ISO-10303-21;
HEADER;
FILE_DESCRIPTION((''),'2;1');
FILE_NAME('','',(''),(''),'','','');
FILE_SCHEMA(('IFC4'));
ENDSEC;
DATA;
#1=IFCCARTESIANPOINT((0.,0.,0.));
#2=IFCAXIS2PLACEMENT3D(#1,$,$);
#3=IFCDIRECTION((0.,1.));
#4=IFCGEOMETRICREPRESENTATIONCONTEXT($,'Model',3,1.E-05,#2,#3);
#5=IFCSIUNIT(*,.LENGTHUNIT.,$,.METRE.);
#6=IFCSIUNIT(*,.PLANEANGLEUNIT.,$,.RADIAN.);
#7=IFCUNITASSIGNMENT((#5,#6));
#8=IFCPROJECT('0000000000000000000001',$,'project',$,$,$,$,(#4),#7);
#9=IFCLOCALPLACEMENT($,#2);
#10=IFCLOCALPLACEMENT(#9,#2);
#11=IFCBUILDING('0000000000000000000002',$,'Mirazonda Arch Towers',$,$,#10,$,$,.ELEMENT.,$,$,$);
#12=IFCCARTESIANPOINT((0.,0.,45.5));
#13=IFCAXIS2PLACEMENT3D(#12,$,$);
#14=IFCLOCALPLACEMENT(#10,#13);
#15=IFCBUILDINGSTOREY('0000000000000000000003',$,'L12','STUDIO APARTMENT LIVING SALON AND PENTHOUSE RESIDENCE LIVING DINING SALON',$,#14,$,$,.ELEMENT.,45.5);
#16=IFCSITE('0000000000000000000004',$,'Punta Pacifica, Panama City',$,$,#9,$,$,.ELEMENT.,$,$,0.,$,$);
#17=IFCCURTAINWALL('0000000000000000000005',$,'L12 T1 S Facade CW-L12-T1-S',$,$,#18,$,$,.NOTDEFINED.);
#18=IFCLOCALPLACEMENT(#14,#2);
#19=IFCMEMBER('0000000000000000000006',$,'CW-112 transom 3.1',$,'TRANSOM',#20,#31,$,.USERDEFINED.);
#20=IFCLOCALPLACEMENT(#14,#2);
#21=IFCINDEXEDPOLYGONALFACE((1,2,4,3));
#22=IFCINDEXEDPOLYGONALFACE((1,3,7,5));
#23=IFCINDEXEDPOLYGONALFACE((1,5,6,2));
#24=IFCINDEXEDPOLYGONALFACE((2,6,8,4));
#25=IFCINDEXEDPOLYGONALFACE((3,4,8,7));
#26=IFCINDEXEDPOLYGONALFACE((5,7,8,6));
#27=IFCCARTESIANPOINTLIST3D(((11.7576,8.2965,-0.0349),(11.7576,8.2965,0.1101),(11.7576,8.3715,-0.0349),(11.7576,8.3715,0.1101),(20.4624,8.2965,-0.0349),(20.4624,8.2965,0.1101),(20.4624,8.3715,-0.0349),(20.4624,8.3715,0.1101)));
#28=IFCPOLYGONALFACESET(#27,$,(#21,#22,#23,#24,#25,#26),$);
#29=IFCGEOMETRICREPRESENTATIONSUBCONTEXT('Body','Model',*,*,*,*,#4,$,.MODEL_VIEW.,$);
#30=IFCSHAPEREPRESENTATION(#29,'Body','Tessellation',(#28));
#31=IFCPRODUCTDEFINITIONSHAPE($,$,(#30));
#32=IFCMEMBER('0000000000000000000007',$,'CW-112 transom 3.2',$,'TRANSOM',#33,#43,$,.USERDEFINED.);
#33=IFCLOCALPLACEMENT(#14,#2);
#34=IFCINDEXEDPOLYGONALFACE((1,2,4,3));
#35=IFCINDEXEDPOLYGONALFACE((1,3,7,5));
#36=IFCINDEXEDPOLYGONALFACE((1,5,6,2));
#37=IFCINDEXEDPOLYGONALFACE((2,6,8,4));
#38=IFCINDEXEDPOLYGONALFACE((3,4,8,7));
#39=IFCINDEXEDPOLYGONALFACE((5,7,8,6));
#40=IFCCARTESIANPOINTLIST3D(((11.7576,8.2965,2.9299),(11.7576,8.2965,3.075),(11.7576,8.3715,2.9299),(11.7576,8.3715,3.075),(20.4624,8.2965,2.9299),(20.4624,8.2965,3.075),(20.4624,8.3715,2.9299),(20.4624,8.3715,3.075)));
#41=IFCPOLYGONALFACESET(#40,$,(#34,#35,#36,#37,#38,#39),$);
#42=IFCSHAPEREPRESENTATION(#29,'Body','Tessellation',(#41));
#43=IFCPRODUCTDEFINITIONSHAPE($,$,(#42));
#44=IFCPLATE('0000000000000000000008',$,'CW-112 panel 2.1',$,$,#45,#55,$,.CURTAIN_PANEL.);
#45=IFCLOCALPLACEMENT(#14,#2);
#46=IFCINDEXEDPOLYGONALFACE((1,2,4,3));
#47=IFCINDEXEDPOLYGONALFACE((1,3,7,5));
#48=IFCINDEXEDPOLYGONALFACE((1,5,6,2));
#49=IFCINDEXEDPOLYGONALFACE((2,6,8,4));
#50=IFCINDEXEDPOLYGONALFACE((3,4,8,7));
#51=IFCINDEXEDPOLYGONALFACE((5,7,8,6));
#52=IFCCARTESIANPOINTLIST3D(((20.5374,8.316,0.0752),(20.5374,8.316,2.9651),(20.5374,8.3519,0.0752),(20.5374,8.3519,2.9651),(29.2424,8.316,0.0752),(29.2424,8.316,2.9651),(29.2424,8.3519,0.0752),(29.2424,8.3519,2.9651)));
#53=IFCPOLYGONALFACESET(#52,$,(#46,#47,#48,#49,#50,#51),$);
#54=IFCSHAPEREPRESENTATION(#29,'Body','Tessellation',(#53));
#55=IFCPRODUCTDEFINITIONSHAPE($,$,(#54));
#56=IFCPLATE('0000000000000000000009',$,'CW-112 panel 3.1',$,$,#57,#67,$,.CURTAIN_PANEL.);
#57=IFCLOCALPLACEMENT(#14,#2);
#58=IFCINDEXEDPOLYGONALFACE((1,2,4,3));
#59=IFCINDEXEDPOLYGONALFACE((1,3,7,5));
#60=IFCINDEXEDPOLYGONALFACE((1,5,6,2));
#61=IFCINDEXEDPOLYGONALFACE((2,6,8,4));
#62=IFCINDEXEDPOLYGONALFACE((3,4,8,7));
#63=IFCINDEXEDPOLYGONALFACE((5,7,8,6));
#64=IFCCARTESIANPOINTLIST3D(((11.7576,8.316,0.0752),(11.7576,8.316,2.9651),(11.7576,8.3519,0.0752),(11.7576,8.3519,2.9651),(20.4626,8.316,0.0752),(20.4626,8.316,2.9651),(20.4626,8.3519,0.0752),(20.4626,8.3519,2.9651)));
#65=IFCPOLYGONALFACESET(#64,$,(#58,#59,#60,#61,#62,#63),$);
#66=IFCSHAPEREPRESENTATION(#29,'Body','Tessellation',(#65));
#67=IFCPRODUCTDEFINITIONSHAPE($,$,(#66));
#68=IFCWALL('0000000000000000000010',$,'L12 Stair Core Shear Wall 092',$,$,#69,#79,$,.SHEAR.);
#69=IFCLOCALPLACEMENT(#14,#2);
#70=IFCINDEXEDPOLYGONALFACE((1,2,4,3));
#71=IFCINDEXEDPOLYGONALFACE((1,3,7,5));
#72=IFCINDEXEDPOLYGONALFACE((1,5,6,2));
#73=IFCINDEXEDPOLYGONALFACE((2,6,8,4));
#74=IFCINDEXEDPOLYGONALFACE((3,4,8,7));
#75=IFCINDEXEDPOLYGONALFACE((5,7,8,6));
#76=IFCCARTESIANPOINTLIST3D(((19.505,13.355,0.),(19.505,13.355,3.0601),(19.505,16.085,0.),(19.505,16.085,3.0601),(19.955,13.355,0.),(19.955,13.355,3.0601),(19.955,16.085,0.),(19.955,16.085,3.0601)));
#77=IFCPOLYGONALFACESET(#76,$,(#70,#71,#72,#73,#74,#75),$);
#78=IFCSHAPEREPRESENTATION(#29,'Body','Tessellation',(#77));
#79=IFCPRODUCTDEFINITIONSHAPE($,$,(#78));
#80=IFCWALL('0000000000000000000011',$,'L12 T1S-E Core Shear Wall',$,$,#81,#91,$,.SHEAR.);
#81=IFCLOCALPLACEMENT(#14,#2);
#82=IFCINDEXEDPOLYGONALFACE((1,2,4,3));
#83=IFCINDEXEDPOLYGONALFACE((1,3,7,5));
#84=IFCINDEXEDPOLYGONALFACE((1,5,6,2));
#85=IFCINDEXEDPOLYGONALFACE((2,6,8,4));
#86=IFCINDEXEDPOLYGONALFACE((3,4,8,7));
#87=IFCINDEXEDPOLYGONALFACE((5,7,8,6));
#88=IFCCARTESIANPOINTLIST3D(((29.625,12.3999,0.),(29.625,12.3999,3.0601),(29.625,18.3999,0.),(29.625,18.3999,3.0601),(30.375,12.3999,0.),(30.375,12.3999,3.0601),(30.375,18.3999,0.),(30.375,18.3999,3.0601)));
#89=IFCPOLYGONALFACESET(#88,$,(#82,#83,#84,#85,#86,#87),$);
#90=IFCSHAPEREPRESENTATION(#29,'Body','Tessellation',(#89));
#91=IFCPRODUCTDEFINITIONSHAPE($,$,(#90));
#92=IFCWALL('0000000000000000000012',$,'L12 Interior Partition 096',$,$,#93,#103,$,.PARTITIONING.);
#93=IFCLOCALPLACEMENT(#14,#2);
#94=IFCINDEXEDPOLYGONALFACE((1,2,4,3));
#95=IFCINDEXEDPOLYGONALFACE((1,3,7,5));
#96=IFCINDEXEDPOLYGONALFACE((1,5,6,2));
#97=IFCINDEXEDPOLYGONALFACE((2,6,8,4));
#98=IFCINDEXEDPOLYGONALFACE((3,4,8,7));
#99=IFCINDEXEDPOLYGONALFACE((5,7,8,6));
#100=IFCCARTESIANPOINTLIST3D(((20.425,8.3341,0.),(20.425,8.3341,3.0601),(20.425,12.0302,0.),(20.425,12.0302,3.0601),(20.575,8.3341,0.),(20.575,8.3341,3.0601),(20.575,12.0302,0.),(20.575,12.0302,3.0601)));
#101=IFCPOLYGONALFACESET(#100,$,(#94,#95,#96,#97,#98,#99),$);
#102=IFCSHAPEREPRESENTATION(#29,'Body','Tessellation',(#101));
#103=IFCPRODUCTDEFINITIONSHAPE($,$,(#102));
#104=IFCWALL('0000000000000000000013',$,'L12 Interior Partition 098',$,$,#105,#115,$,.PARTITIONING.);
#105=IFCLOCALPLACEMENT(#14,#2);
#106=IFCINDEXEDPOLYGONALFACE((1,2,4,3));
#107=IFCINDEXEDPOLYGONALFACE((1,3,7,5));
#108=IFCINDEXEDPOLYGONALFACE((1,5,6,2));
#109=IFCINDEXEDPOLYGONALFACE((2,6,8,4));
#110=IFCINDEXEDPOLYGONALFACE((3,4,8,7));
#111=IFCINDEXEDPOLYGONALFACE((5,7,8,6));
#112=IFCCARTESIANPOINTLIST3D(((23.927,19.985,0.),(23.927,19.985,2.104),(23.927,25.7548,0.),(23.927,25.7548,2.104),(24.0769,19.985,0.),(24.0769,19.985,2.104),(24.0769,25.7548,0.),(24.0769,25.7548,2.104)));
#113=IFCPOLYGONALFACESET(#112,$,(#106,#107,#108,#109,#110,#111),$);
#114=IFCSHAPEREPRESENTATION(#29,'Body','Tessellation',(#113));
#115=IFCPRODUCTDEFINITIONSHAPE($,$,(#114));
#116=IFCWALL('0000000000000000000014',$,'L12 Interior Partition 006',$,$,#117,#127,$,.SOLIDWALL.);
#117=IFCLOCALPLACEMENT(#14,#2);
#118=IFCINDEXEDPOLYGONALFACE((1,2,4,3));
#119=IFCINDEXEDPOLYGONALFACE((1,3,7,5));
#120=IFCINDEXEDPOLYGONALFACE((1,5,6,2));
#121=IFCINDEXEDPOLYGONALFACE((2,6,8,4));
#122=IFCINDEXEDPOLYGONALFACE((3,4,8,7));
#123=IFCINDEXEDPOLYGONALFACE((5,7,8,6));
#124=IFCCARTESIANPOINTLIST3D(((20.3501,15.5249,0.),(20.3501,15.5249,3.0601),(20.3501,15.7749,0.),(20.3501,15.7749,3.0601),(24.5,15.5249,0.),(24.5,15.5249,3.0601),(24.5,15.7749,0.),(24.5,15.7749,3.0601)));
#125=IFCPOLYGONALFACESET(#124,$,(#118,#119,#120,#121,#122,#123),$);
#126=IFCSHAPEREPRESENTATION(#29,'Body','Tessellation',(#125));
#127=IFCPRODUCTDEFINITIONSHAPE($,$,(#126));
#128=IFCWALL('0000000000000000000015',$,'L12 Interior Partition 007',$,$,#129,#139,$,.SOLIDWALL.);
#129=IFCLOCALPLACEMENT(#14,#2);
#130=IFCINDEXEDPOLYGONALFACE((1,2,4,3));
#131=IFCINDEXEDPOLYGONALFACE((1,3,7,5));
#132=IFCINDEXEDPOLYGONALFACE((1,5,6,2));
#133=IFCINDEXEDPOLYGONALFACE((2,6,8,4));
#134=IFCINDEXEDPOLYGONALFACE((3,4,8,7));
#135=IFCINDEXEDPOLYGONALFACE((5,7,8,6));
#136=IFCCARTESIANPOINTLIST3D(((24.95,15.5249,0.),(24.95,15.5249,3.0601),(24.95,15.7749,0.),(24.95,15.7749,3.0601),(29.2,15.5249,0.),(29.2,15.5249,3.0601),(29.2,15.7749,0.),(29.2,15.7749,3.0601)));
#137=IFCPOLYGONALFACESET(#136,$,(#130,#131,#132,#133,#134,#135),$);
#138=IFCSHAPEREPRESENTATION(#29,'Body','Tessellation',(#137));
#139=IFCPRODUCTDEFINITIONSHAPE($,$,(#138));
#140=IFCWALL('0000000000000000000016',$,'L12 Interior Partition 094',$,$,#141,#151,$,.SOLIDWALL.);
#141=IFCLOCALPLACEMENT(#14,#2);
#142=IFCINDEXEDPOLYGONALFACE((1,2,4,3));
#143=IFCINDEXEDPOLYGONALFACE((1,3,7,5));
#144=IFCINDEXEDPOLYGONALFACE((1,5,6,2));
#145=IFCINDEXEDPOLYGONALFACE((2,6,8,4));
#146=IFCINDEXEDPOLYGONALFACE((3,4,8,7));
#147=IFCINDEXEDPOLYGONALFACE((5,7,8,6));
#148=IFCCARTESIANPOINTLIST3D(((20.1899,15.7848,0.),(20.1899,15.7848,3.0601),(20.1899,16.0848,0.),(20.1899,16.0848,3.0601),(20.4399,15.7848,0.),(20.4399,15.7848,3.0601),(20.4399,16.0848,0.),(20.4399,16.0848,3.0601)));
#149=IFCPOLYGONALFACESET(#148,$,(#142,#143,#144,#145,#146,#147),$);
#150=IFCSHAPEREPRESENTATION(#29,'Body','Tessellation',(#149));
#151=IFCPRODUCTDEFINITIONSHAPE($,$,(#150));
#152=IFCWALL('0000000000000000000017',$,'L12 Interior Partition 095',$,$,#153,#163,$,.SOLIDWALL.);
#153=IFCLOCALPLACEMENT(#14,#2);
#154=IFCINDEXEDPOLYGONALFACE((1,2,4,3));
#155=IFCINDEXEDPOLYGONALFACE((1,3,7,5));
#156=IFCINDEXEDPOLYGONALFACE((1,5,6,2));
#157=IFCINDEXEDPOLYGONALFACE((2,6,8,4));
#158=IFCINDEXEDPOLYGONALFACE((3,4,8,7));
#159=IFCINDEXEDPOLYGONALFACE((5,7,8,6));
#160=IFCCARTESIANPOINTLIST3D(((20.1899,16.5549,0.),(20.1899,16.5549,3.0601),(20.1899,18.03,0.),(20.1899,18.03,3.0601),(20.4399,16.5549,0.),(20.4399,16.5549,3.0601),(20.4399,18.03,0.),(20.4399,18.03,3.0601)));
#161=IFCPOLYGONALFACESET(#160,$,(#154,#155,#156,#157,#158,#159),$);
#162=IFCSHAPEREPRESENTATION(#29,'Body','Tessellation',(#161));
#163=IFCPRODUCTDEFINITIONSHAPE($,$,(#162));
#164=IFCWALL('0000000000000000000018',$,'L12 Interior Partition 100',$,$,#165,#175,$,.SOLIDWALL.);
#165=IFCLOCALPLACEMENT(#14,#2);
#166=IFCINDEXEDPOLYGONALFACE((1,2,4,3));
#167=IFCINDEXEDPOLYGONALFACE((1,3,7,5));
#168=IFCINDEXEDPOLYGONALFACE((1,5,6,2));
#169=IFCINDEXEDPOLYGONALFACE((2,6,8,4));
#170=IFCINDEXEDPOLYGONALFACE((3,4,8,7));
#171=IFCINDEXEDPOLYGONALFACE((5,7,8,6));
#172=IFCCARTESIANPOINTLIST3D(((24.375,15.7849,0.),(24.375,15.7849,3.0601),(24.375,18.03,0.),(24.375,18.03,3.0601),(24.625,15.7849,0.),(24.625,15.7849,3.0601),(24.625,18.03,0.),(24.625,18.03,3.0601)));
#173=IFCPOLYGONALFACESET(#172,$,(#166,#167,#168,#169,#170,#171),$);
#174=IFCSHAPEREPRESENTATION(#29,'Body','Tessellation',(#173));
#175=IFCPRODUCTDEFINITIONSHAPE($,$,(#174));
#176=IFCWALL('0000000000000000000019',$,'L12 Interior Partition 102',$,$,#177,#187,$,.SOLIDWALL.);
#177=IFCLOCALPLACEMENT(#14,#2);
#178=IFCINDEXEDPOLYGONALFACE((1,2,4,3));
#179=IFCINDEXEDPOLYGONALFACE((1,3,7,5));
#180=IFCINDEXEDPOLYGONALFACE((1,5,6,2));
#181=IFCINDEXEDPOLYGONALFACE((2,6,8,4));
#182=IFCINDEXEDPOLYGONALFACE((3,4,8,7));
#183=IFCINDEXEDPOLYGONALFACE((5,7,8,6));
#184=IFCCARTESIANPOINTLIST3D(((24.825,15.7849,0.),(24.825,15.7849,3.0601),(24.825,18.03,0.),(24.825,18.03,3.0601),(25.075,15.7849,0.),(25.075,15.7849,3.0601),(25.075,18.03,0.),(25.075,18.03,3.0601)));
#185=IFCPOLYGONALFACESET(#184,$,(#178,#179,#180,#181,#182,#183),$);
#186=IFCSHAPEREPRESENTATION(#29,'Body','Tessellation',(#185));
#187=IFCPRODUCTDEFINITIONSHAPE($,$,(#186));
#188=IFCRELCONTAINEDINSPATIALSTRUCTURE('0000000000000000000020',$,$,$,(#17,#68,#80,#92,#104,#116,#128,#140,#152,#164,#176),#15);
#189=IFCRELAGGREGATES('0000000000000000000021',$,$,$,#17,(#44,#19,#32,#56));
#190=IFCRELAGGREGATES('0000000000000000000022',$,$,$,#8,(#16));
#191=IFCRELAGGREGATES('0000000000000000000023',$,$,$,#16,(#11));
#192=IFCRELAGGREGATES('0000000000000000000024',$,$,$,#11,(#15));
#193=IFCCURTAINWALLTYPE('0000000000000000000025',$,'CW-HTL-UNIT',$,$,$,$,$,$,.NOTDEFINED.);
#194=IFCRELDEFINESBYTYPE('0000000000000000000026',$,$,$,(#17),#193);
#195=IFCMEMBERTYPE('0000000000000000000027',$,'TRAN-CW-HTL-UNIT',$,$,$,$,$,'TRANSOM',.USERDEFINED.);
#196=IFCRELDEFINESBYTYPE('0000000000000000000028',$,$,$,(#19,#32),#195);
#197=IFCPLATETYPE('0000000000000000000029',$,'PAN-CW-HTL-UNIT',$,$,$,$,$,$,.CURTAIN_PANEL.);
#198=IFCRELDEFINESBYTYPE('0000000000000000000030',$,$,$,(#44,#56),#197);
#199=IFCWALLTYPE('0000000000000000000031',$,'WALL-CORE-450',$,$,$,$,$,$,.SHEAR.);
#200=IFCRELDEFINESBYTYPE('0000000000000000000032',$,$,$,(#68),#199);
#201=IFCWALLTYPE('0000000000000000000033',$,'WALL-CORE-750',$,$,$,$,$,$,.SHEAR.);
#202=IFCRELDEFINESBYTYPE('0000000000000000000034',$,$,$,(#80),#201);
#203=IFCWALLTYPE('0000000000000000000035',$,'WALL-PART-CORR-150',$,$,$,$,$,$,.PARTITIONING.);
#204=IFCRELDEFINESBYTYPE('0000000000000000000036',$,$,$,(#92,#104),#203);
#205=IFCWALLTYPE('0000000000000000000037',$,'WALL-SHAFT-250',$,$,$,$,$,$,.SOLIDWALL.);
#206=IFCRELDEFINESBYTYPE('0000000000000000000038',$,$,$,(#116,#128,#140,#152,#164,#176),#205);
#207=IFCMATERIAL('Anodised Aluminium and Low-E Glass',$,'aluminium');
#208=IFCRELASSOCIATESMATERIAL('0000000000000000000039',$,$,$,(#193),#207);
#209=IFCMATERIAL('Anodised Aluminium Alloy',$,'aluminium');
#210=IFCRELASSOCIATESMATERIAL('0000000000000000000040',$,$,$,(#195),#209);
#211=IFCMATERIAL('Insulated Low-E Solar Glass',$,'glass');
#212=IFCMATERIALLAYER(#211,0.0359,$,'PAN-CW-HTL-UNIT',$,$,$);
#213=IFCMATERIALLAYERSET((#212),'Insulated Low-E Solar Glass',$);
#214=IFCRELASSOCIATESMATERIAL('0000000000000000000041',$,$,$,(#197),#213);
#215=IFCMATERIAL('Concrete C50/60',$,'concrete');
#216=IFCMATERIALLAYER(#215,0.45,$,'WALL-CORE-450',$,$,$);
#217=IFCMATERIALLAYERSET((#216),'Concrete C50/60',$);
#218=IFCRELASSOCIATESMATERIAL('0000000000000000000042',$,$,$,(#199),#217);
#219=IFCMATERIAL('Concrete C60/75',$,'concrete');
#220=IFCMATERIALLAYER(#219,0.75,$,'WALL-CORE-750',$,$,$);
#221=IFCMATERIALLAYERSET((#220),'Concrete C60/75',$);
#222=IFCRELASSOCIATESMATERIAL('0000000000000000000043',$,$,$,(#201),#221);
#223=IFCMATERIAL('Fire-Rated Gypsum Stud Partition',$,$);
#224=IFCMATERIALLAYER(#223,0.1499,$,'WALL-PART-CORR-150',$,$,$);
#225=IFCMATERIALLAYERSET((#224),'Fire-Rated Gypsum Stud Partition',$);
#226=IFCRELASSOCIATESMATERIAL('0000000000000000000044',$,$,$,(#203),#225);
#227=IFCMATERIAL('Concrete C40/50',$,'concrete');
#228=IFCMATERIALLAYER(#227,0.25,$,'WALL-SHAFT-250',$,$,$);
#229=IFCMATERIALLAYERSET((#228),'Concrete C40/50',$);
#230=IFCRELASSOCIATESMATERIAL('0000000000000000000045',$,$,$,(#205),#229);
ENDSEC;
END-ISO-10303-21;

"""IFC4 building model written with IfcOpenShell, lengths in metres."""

from ifc_helpers import new_model, si_unit, direction, frame, frame_2d, origin, origin_2d, place, context, subcontext, project, spatial, rectangle, extrude, material, layer, layer_set, material_profile, profile_set, type_object, element, aggregate, save


model = new_model("IFC4")

# Units and contexts
model_context = context("Model", 3, precision=1e-05, world=origin(), true_north=direction((0.0, 1.0)))
body_context = subcontext(model_context, "Body", "Model", "MODEL_VIEW")
ifc_project = project(units=[si_unit("LENGTHUNIT", "METRE"), si_unit("PLANEANGLEUNIT", "RADIAN")], contexts=[model_context])

# Site, building, storey
site_placement = place(None, origin())
site = spatial("IfcSite", under=ifc_project, at=site_placement, Name="Punta Pacifica, Panama City", CompositionType="ELEMENT", RefElevation=0.0)
building_placement = place(site_placement, origin())
building = spatial("IfcBuilding", under=site, at=building_placement, Name="Mirazonda Arch Towers", CompositionType="ELEMENT")
storey_placement = place(building_placement, frame((0.0, 0.0, 45.5)))
storey = spatial("IfcBuildingStorey", under=building, at=storey_placement, Name="L12", Description="STUDIO APARTMENT LIVING SALON AND PENTHOUSE RESIDENCE LIVING DINING SALON", CompositionType="ELEMENT", Elevation=45.5)

# Shared definitions
ifc_material_1 = material(Name="Concrete C60/75", Category="concrete")

# Curtain wall, members, plates
ifc_material_2 = material(Name="Anodised Aluminium and Low-E Glass", Category="aluminium")
curtain_wall_type = type_object("IfcCurtainWallType", Name="CW-HTL-UNIT", PredefinedType="NOTDEFINED", material=ifc_material_2)
curtain_wall_placement = place(storey_placement, origin())
curtain_wall = element("IfcCurtainWall", 1, at=curtain_wall_placement, inside=storey, type_object=curtain_wall_type, Name="L12 T1 S Facade CW-L12-T1-S", PredefinedType="NOTDEFINED")
ifc_material_3 = material(Name="Anodised Aluminium Alloy", Category="aluminium")
ifc_material_profile_1 = material_profile(ifc_material_3, rectangle(XDim=0.075, YDim=0.145, at=origin_2d()), Name="ALU-TRAN-75x145")
ifc_profile_set_1 = profile_set([ifc_material_profile_1], Name="Anodised Aluminium Alloy")
member_type_1 = type_object("IfcMemberType", Name="TRAN-CW-HTL-UNIT", ElementType="TRANSOM", PredefinedType="USERDEFINED", material=ifc_profile_set_1)
member_1_placement = place(storey_placement, frame((20.4624, 8.334, 0.0376), z_axis=(-1.0, 0.0, 0.0), x_axis=(0.0, -1.0, 0.0)))
member_1 = element("IfcMember", 2, at=member_1_placement, type_object=member_type_1, Name="CW-112 transom 3.1", ObjectType="TRANSOM", PredefinedType="USERDEFINED", context=body_context, shape_type="SweptSolid", body=[
    extrude(rectangle(XDim=0.075, YDim=0.145, at=origin_2d()), origin(), (0.0, 0.0, 1.0), 8.7048),
])
member_2_placement = place(storey_placement, frame((20.4624, 8.334, 3.0024), z_axis=(-1.0, 0.0, 0.0), x_axis=(0.0, -1.0, 0.0)))
member_2 = element("IfcMember", 3, at=member_2_placement, type_object=member_type_1, Name="CW-112 transom 3.2", ObjectType="TRANSOM", PredefinedType="USERDEFINED", context=body_context, shape_type="SweptSolid", body=[
    extrude(rectangle(XDim=0.075, YDim=0.145, at=origin_2d()), origin(), (0.0, 0.0, 1.0), 8.7048),
])
ifc_material_4 = material(Name="Insulated Low-E Solar Glass", Category="glass")
ifc_layer_1 = layer(ifc_material_4, 0.0359, Name="PAN-CW-HTL-UNIT")
ifc_layer_set_1 = layer_set([ifc_layer_1], Name="Insulated Low-E Solar Glass")
plate_type = type_object("IfcPlateType", Name="PAN-CW-HTL-UNIT", PredefinedType="CURTAIN_PANEL", material=ifc_layer_set_1)
plate_1_placement = place(storey_placement, frame((24.8899, 8.334, 0.0752), z_axis=(0.0, 0.0, 1.0), x_axis=(-1.0, 0.0, 0.0)))
plate_1 = element("IfcPlate", 4, at=plate_1_placement, type_object=plate_type, Name="CW-112 panel 2.1", PredefinedType="CURTAIN_PANEL", context=body_context, shape_type="SweptSolid", body=[
    extrude(rectangle(XDim=8.7051, YDim=0.0359, at=origin_2d()), origin(), (0.0, 0.0, 1.0), 2.8899),
])
plate_2_placement = place(storey_placement, frame((16.1101, 8.334, 0.0752), z_axis=(0.0, 0.0, 1.0), x_axis=(-1.0, 0.0, 0.0)))
plate_2 = element("IfcPlate", 5, at=plate_2_placement, type_object=plate_type, Name="CW-112 panel 3.1", PredefinedType="CURTAIN_PANEL", context=body_context, shape_type="SweptSolid", body=[
    extrude(rectangle(XDim=8.7051, YDim=0.0359, at=origin_2d()), origin(), (0.0, 0.0, 1.0), 2.8899),
])
aggregate(curtain_wall, [plate_1, member_1, member_2, plate_2])

# Walls
ifc_material_5 = material(Name="Concrete C50/60", Category="concrete")
ifc_layer_2 = layer(ifc_material_5, 0.45, Name="WALL-CORE-450")
ifc_layer_set_2 = layer_set([ifc_layer_2], Name="Concrete C50/60")
wall_type_1 = type_object("IfcWallType", Name="WALL-CORE-450", PredefinedType="SHEAR", material=ifc_layer_set_2)
wall_1_placement = place(storey_placement, frame((19.73, 13.355, 0.0), z_axis=(0.0, 0.0, 1.0), x_axis=(0.0, 1.0, 0.0)))
element("IfcWall", 6, at=wall_1_placement, inside=storey, type_object=wall_type_1, Name="L12 Stair Core Shear Wall 092", PredefinedType="SHEAR", context=body_context, shape_type="SweptSolid", body=[
    extrude(rectangle(XDim=2.73, YDim=0.45, at=frame_2d((1.365, 0.0))), origin(), (0.0, 0.0, 1.0), 3.0601),
])
ifc_layer_3 = layer(ifc_material_1, 0.75, Name="WALL-CORE-750")
ifc_layer_set_3 = layer_set([ifc_layer_3], Name="Concrete C60/75")
wall_type_2 = type_object("IfcWallType", Name="WALL-CORE-750", PredefinedType="SHEAR", material=ifc_layer_set_3)
wall_2_placement = place(storey_placement, frame((30.0, 12.3999, 0.0), z_axis=(0.0, 0.0, 1.0), x_axis=(0.0, 1.0, 0.0)))
element("IfcWall", 7, at=wall_2_placement, inside=storey, type_object=wall_type_2, Name="L12 T1S-E Core Shear Wall", PredefinedType="SHEAR", context=body_context, shape_type="SweptSolid", body=[
    extrude(rectangle(XDim=6.0, YDim=0.75, at=frame_2d((3.0, 0.0))), origin(), (0.0, 0.0, 1.0), 3.0601),
])
ifc_material_6 = material(Name="Fire-Rated Gypsum Stud Partition")
ifc_layer_4 = layer(ifc_material_6, 0.1499, Name="WALL-PART-CORR-150")
ifc_layer_set_4 = layer_set([ifc_layer_4], Name="Fire-Rated Gypsum Stud Partition")
wall_type_3 = type_object("IfcWallType", Name="WALL-PART-CORR-150", PredefinedType="PARTITIONING", material=ifc_layer_set_4)
wall_3_placement = place(storey_placement, frame((20.5, 8.334, 0.0), z_axis=(0.0, 0.0, 1.0), x_axis=(0.0, 1.0, 0.0)))
element("IfcWall", 8, at=wall_3_placement, inside=storey, type_object=wall_type_3, Name="L12 Interior Partition 096", PredefinedType="PARTITIONING", context=body_context, shape_type="SweptSolid", body=[
    extrude(rectangle(XDim=3.696, YDim=0.1499, at=frame_2d((1.8481, 0.0))), origin(), (0.0, 0.0, 1.0), 3.0601),
])
wall_4_placement = place(storey_placement, frame((24.002, 19.9851, 0.0), z_axis=(0.0, 0.0, 1.0), x_axis=(0.0, 1.0, 0.0)))
element("IfcWall", 9, at=wall_4_placement, inside=storey, type_object=wall_type_3, Name="L12 Interior Partition 098", PredefinedType="PARTITIONING", context=body_context, shape_type="SweptSolid", body=[
    extrude(rectangle(XDim=5.7698, YDim=0.1499, at=frame_2d((2.8848, 0.0))), origin(), (0.0, 0.0, 1.0), 2.104),
])
ifc_material_7 = material(Name="Concrete C40/50", Category="concrete")
ifc_layer_5 = layer(ifc_material_7, 0.25, Name="WALL-SHAFT-250")
ifc_layer_set_5 = layer_set([ifc_layer_5], Name="Concrete C40/50")
wall_type_4 = type_object("IfcWallType", Name="WALL-SHAFT-250", PredefinedType="SOLIDWALL", material=ifc_layer_set_5)
wall_5_placement = place(storey_placement, frame((20.3501, 15.6499, 0.0), z_axis=(0.0, 0.0, 1.0), x_axis=(1.0, 0.0, 0.0)))
element("IfcWall", 10, at=wall_5_placement, inside=storey, type_object=wall_type_4, Name="L12 Interior Partition 006", PredefinedType="SOLIDWALL", context=body_context, shape_type="SweptSolid", body=[
    extrude(rectangle(XDim=4.1499, YDim=0.25, at=frame_2d((2.075, 0.0))), origin(), (0.0, 0.0, 1.0), 3.0601),
])
wall_6_placement = place(storey_placement, frame((24.95, 15.6499, 0.0), z_axis=(0.0, 0.0, 1.0), x_axis=(1.0, 0.0, 0.0)))
element("IfcWall", 11, at=wall_6_placement, inside=storey, type_object=wall_type_4, Name="L12 Interior Partition 007", PredefinedType="SOLIDWALL", context=body_context, shape_type="SweptSolid", body=[
    extrude(rectangle(XDim=4.25, YDim=0.25, at=frame_2d((2.125, 0.0))), origin(), (0.0, 0.0, 1.0), 3.0601),
])
wall_7_placement = place(storey_placement, frame((20.3149, 15.7849, 0.0), z_axis=(0.0, 0.0, 1.0), x_axis=(0.0, 1.0, 0.0)))
element("IfcWall", 12, at=wall_7_placement, inside=storey, type_object=wall_type_4, Name="L12 Interior Partition 094", PredefinedType="SOLIDWALL", context=body_context, shape_type="SweptSolid", body=[
    extrude(rectangle(XDim=0.3, YDim=0.25, at=frame_2d((0.1499, 0.0))), origin(), (0.0, 0.0, 1.0), 3.0601),
])
wall_8_placement = place(storey_placement, frame((20.3149, 16.5549, 0.0), z_axis=(0.0, 0.0, 1.0), x_axis=(0.0, 1.0, 0.0)))
element("IfcWall", 13, at=wall_8_placement, inside=storey, type_object=wall_type_4, Name="L12 Interior Partition 095", PredefinedType="SOLIDWALL", context=body_context, shape_type="SweptSolid", body=[
    extrude(rectangle(XDim=1.4751, YDim=0.25, at=frame_2d((0.7375, 0.0))), origin(), (0.0, 0.0, 1.0), 3.0601),
])
for number, where, z_axis, x_axis, name in (
    (14, (24.5, 15.7849, 0.0), (0.0, 0.0, 1.0), (0.0, 1.0, 0.0), "L12 Interior Partition 100"),
    (15, (24.95, 15.7849, 0.0), (0.0, 0.0, 1.0), (0.0, 1.0, 0.0), "L12 Interior Partition 102"),
):
    element("IfcWall", number, at=place(storey_placement, frame(where, z_axis=z_axis, x_axis=x_axis)), inside=storey, type_object=wall_type_4, Name=name, PredefinedType="SOLIDWALL", context=body_context, shape_type="SweptSolid", body=[
        extrude(rectangle(XDim=2.2451, YDim=0.25, at=frame_2d((1.1226, 0.0))), origin(), (0.0, 0.0, 1.0), 3.0601),
    ])

save(model, "model.ifc")
